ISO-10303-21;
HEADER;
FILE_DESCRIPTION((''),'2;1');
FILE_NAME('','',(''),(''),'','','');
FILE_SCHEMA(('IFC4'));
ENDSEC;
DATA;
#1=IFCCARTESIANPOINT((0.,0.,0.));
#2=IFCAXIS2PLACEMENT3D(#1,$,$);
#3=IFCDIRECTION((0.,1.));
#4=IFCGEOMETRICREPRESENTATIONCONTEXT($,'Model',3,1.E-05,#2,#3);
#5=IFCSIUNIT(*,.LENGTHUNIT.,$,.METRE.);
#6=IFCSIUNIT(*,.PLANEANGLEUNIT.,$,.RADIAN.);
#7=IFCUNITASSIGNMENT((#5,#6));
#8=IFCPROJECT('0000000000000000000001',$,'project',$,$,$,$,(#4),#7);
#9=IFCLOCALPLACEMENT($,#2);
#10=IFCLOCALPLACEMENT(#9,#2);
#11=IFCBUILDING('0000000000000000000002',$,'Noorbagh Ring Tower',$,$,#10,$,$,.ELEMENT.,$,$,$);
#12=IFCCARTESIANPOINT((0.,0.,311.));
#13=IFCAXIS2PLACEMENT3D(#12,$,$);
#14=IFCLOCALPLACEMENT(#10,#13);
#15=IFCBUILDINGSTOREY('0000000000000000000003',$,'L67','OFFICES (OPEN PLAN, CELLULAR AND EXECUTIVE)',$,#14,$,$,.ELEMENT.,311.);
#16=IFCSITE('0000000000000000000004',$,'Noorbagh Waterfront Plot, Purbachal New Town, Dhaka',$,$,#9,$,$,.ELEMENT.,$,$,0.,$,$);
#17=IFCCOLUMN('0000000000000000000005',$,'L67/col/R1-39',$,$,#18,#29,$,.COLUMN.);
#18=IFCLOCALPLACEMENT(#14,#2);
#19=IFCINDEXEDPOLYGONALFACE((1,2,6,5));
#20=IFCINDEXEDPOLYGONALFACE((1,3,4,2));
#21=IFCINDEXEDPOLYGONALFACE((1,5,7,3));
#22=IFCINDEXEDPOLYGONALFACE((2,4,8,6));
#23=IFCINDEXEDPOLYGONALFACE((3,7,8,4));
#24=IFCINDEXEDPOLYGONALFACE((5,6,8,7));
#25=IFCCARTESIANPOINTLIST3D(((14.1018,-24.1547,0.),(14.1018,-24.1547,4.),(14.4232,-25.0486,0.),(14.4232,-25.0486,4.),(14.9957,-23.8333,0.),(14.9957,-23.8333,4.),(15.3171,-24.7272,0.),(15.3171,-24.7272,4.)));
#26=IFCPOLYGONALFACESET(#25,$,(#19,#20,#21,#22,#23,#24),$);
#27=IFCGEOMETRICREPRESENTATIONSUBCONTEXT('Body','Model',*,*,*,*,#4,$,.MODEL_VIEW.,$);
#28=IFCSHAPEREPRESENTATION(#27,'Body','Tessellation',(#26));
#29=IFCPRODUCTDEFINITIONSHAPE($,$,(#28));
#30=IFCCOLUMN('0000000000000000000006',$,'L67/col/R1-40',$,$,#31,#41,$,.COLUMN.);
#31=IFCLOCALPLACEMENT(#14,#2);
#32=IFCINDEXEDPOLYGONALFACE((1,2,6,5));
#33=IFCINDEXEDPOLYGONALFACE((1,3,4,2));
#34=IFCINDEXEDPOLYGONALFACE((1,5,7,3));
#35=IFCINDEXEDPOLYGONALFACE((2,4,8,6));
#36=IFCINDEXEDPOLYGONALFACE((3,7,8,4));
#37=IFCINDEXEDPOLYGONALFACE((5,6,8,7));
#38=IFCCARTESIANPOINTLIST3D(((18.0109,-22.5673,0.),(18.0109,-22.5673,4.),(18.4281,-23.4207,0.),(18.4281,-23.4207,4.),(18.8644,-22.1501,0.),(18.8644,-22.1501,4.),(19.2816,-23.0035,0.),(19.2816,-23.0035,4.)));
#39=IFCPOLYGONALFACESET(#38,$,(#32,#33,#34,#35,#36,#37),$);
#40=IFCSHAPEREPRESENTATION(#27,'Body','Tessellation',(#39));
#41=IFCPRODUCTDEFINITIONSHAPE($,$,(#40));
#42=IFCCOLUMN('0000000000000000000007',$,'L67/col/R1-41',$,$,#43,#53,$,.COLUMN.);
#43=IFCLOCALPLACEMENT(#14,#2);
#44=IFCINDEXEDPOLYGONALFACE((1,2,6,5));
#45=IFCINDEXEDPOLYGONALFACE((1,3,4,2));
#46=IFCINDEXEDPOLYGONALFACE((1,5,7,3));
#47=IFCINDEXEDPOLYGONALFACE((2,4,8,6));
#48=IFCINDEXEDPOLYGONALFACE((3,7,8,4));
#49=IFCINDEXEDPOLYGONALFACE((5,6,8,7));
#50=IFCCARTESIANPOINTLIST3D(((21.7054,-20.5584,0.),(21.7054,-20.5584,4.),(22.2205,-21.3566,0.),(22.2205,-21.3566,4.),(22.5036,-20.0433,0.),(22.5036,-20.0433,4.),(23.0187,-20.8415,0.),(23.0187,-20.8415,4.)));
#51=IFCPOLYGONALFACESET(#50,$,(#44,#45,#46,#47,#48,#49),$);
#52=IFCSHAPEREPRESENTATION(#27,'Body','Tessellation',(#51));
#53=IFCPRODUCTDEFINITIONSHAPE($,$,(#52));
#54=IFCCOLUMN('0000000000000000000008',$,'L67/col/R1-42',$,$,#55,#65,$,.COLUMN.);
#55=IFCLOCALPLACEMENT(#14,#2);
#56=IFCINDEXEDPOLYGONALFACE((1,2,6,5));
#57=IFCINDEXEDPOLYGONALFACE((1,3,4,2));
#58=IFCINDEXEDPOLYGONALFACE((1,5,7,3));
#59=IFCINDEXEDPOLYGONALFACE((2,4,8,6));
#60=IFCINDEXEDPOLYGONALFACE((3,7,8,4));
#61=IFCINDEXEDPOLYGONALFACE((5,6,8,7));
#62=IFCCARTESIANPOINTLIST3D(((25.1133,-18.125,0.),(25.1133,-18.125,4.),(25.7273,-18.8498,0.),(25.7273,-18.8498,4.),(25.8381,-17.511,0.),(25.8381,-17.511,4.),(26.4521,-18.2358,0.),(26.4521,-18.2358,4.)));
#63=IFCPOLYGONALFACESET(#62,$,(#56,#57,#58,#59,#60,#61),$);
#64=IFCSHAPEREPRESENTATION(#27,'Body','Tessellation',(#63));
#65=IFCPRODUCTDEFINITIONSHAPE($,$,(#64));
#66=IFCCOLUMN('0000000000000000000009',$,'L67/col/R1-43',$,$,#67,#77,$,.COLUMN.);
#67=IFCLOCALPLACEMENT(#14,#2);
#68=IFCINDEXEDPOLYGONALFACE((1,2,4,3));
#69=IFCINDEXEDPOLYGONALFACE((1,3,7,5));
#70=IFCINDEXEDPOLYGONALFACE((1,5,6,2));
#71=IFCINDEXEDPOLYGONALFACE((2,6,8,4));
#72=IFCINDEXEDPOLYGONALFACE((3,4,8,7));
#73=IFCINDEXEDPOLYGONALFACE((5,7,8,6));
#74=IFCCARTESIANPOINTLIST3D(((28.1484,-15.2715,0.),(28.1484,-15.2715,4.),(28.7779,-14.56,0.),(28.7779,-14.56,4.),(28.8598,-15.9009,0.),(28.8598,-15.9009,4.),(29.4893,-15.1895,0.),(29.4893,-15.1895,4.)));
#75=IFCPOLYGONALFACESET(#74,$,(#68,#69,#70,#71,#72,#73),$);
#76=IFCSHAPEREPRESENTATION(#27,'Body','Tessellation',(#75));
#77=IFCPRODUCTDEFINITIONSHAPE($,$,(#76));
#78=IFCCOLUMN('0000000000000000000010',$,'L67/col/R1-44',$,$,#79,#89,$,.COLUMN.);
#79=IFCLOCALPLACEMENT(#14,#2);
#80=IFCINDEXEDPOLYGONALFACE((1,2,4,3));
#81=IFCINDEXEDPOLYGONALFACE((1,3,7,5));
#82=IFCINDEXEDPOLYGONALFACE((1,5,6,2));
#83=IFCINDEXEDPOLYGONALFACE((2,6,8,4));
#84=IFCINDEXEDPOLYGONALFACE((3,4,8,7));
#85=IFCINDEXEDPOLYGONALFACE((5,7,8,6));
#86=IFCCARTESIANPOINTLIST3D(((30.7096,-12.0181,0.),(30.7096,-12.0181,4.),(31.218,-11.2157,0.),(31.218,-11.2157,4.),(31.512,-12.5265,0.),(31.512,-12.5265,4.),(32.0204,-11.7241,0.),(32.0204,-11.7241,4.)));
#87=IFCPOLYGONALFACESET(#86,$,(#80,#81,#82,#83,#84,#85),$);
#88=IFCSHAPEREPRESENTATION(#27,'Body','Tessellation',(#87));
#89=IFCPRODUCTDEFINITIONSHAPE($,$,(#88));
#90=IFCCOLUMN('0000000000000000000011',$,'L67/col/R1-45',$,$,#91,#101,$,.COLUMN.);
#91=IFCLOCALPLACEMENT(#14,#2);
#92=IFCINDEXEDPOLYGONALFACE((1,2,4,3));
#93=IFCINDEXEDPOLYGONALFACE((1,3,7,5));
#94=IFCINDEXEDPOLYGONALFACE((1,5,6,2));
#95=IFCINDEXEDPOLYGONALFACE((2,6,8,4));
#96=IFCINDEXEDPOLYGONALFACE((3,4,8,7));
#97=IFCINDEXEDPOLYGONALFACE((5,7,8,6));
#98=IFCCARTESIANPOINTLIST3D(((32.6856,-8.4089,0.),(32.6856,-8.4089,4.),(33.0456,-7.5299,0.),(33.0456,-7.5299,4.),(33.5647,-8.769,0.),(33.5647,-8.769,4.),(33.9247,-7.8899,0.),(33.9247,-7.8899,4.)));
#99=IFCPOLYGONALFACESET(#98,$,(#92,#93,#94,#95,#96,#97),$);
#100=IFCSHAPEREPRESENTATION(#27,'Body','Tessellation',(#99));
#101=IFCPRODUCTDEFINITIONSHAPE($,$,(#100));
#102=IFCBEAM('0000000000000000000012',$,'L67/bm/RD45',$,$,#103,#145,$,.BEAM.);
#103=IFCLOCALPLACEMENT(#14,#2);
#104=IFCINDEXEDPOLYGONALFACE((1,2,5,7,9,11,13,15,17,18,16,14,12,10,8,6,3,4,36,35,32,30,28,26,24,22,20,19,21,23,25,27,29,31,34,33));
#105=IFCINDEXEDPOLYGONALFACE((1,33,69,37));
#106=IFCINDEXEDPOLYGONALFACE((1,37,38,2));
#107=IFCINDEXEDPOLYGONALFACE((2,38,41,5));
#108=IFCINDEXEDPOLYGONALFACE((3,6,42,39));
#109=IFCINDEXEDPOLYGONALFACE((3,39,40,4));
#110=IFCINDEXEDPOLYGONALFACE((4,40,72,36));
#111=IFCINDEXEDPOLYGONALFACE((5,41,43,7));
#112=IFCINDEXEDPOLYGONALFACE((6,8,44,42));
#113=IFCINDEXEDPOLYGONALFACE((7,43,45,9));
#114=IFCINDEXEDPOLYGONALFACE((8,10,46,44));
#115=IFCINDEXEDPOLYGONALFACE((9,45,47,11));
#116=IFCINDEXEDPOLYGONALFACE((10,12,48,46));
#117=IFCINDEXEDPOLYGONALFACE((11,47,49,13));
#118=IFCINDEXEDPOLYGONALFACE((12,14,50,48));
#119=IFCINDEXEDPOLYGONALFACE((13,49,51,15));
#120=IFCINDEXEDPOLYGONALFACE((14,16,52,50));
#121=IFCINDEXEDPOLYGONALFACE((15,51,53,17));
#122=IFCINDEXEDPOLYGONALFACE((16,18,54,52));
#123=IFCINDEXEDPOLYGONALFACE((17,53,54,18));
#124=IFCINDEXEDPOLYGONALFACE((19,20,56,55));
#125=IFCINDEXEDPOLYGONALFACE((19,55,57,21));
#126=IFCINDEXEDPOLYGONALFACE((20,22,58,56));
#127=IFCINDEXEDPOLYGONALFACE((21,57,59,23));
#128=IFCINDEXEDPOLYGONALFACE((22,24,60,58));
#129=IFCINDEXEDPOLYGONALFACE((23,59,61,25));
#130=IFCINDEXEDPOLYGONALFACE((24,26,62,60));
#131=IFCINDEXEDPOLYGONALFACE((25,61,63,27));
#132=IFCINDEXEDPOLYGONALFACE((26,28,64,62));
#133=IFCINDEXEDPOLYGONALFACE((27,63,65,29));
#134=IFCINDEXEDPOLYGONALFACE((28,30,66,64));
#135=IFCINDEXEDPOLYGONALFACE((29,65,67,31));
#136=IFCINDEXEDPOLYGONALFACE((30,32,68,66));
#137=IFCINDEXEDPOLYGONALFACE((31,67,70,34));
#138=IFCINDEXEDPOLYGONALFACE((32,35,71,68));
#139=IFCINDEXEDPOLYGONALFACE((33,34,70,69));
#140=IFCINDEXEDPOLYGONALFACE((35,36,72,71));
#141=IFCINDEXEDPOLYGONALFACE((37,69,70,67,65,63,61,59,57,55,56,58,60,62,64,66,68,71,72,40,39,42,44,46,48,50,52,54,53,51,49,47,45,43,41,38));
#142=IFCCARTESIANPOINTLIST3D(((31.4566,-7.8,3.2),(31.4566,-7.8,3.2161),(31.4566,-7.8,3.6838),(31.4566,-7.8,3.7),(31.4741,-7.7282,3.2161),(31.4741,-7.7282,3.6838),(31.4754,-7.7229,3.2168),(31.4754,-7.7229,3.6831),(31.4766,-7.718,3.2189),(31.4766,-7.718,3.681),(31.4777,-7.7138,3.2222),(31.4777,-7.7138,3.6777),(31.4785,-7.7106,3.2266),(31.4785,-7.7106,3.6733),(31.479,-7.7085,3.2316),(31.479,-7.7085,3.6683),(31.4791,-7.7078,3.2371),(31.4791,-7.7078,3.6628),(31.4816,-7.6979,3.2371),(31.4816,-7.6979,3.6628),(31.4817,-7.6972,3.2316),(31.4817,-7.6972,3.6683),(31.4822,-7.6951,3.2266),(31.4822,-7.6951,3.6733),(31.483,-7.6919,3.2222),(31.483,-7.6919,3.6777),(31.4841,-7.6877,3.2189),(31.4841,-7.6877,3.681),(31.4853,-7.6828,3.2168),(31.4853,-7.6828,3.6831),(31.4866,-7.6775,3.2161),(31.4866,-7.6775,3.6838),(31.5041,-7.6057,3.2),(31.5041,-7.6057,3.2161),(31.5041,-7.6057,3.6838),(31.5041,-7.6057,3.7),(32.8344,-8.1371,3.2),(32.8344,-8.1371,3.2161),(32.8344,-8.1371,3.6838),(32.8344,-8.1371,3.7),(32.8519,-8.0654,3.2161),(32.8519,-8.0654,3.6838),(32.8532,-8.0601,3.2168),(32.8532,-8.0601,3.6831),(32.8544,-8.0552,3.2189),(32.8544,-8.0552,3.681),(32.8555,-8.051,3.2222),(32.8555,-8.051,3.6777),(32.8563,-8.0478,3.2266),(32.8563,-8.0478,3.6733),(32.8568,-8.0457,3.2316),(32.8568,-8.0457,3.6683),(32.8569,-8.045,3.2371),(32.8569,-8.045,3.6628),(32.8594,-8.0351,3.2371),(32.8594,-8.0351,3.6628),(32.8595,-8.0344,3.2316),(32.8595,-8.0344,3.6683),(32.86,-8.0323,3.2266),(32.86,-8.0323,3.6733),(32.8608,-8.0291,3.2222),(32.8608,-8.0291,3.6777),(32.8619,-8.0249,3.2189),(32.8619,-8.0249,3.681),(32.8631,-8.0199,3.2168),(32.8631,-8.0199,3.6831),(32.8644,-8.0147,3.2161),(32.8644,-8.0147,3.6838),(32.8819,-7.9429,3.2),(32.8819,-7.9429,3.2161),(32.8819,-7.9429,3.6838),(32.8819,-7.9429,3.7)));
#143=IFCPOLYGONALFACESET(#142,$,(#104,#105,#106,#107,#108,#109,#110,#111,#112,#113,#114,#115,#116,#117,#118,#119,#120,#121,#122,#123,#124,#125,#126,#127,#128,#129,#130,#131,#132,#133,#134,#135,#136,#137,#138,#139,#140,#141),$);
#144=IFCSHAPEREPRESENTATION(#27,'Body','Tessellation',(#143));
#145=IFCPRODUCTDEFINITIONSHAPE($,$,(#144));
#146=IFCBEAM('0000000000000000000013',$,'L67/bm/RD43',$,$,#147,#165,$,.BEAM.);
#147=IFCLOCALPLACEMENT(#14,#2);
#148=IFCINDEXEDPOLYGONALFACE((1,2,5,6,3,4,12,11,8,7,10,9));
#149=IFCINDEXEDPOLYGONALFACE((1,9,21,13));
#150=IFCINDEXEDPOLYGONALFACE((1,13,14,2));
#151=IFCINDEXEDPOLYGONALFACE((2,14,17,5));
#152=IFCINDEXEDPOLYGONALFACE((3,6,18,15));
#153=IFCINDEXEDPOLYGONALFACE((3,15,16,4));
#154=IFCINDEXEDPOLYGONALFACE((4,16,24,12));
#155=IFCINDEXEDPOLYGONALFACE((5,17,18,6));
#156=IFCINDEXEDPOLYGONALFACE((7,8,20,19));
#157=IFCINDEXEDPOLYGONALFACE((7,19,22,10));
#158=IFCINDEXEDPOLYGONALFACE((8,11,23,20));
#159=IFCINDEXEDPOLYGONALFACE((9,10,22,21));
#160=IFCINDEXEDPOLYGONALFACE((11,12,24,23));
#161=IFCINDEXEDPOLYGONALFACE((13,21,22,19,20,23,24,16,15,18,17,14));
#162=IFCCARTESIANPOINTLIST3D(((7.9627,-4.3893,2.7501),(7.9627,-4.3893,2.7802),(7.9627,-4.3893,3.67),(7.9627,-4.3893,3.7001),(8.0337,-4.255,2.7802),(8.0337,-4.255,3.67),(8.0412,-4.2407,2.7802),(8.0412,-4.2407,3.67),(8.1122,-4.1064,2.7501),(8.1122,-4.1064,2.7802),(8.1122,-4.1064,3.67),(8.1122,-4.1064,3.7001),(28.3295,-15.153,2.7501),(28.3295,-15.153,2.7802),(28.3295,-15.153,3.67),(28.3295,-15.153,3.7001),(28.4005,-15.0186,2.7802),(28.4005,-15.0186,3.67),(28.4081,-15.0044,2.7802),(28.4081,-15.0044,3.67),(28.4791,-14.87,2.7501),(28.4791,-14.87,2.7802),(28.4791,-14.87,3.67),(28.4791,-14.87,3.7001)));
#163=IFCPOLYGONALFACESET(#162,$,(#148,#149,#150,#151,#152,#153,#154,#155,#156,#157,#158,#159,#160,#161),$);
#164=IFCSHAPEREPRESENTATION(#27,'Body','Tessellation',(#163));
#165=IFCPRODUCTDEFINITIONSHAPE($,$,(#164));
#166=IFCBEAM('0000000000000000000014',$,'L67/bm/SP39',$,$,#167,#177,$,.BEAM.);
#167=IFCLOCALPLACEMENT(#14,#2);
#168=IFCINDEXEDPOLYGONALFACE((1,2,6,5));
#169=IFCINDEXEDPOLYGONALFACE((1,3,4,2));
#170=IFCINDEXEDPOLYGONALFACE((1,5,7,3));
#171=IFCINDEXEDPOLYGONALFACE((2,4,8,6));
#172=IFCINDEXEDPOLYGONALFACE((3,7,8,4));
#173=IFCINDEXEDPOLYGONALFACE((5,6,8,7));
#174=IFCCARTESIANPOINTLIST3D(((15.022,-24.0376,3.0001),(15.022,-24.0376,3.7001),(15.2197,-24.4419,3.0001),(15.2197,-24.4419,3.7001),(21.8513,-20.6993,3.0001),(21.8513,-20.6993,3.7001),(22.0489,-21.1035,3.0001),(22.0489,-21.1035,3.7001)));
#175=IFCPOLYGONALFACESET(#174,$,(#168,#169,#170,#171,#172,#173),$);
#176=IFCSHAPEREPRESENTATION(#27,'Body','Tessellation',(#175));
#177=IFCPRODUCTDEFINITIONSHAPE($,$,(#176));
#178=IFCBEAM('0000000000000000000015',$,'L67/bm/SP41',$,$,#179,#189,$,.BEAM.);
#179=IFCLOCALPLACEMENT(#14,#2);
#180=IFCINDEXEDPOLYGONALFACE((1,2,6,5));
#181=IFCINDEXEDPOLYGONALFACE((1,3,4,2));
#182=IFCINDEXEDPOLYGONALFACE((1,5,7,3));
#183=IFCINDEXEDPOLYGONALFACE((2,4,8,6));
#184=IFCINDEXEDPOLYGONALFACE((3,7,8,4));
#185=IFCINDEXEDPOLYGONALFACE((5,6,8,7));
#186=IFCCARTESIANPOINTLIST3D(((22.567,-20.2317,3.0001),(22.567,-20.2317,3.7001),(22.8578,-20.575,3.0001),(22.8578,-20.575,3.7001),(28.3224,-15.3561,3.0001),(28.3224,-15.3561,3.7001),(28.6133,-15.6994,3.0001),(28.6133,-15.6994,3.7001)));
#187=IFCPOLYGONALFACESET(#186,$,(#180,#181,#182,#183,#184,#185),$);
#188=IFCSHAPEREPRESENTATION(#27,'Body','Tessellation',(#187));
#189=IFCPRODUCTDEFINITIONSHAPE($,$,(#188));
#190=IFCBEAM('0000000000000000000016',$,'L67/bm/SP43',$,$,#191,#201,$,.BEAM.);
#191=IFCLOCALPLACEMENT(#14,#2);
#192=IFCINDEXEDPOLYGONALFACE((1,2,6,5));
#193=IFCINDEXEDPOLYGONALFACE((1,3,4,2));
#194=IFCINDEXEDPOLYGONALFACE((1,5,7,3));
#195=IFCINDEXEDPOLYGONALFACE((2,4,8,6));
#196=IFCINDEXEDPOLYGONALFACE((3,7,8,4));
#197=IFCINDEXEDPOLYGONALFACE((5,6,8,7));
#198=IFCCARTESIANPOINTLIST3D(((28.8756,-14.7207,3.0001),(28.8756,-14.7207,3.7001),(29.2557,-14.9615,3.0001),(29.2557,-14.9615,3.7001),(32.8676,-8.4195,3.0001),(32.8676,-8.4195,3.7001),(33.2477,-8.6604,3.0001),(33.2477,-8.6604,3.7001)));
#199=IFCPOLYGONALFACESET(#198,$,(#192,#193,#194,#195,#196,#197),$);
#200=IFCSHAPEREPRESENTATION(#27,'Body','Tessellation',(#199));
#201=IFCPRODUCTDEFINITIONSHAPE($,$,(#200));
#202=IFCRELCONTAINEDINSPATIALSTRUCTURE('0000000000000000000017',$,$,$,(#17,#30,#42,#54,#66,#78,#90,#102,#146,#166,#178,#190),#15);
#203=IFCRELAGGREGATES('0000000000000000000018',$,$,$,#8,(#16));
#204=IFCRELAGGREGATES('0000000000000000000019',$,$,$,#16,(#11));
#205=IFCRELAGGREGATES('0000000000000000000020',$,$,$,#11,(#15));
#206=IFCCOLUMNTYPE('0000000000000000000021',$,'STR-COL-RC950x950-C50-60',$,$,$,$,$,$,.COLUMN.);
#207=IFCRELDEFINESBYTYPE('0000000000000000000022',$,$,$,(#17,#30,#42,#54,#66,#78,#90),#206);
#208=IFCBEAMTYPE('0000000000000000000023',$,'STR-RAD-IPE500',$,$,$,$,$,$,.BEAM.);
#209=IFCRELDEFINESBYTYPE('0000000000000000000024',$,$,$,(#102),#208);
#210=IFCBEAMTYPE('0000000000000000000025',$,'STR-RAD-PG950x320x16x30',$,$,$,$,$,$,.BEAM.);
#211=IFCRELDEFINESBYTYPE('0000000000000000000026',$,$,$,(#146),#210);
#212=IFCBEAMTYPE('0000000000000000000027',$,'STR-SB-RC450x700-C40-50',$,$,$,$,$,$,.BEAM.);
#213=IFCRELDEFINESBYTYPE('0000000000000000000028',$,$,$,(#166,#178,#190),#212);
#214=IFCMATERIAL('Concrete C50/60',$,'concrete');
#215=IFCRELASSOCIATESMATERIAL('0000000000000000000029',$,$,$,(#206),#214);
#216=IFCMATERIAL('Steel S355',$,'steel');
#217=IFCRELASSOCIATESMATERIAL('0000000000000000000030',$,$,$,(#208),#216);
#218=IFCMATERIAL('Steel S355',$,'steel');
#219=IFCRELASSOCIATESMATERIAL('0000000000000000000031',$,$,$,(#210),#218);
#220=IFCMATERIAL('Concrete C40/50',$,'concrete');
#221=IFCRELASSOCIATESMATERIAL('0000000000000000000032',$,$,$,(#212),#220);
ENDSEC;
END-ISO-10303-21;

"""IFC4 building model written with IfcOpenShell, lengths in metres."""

from ifc_helpers import new_model, si_unit, direction, frame, origin, origin_2d, place, context, subcontext, project, spatial, rectangle, i_section, extrude, material, material_profile, profile_set, type_object, element, save


model = new_model("IFC4")

# Units and contexts
model_context = context("Model", 3, precision=1e-05, world=origin(), true_north=direction((0.0, 1.0)))
body_context = subcontext(model_context, "Body", "Model", "MODEL_VIEW")
ifc_project = project(units=[si_unit("LENGTHUNIT", "METRE"), si_unit("PLANEANGLEUNIT", "RADIAN")], contexts=[model_context])

# Site, building, storey
site_placement = place(None, origin())
site = spatial("IfcSite", under=ifc_project, at=site_placement, Name="Noorbagh Waterfront Plot, Purbachal New Town, Dhaka", CompositionType="ELEMENT", RefElevation=0.0)
building_placement = place(site_placement, origin())
building = spatial("IfcBuilding", under=site, at=building_placement, Name="Noorbagh Ring Tower", CompositionType="ELEMENT")
storey_placement = place(building_placement, frame((0.0, 0.0, 311.0)))
storey = spatial("IfcBuildingStorey", under=building, at=storey_placement, Name="L67", Description="OFFICES (OPEN PLAN, CELLULAR AND EXECUTIVE)", CompositionType="ELEMENT", Elevation=311.0)

# Columns
ifc_material_1 = material(Name="Concrete C50/60", Category="concrete")
ifc_material_profile_1 = material_profile(ifc_material_1, rectangle(XDim=0.95, YDim=0.95, at=origin_2d()), Name="RC950x950")
ifc_profile_set_1 = profile_set([ifc_material_profile_1], Name="Concrete C50/60")
column_type = type_object("IfcColumnType", Name="STR-COL-RC950x950-C50-60", PredefinedType="COLUMN", material=ifc_profile_set_1)
for number, where, z_axis, x_axis, name in (
    (1, (14.7095, -24.4409, 0.0), (0.0, 0.0, 1.0), (0.941025, 0.338338, 0.0), "L67/col/R1-39"),
    (2, (18.6462, -22.7854, 0.0), (0.0, 0.0, 1.0), (0.898399, 0.43918, 0.0), "L67/col/R1-40"),
    (3, (22.3621, -20.7, 0.0), (0.0, 0.0, 1.0), (0.840248, 0.542203, 0.0), "L67/col/R1-41"),
    (4, (25.7827, -18.1804, 0.0), (0.0, 0.0, 1.0), (0.763035, 0.646357, 0.0), "L67/col/R1-42"),
    (5, (28.8188, -15.2305, 0.0), (0.0, 0.0, 1.0), (0.662636, 0.748942, 0.0), "L67/col/R1-43"),
    (6, (31.365, -11.8711, 0.0), (0.0, 0.0, 1.0), (0.53519, 0.844731, 0.0), "L67/col/R1-44"),
    (7, (33.3052, -8.1494, 0.0), (0.0, 0.0, 1.0), (0.378989, 0.925401, 0.0), "L67/col/R1-45"),
):
    element("IfcColumn", number, at=place(storey_placement, frame(where, z_axis=z_axis, x_axis=x_axis)), inside=storey, type_object=column_type, Name=name, PredefinedType="COLUMN", context=body_context, shape_type="SweptSolid", body=[
        extrude(rectangle(XDim=0.95, YDim=0.95, at=origin_2d()), origin(), (0.0, 0.0, 1.0), 4.0),
    ])

# Beams
ifc_material_2 = material(Name="Steel S355", Category="steel")
ifc_material_profile_2 = material_profile(ifc_material_2, i_section(OverallWidth=0.2, OverallDepth=0.5, WebThickness=0.0103, FlangeThickness=0.0161, FilletRadius=0.021, at=origin_2d()), Name="IPE500")
ifc_profile_set_2 = profile_set([ifc_material_profile_2], Name="Steel S355")
beam_type_1 = type_object("IfcBeamType", Name="STR-RAD-IPE500", PredefinedType="BEAM", material=ifc_profile_set_2)
beam_1_placement = place(storey_placement, frame((32.8582, -8.04, 3.45), z_axis=(-0.971335, 0.237713, 0.0), x_axis=(-0.237713, -0.971335, 0.0)))
element("IfcBeam", 8, at=beam_1_placement, inside=storey, type_object=beam_type_1, Name="L67/bm/RD45", PredefinedType="BEAM", context=body_context, shape_type="SweptSolid", body=[
    extrude(i_section(OverallWidth=0.2, OverallDepth=0.5, WebThickness=0.0103, FlangeThickness=0.0161, FilletRadius=0.021, at=origin_2d()), origin(), (0.0, 0.0, 1.0), 1.4185),
])
ifc_material_3 = material(Name="Steel S355", Category="steel")
ifc_material_profile_3 = material_profile(ifc_material_3, i_section(OverallWidth=0.3201, OverallDepth=0.95, WebThickness=0.0161, FlangeThickness=0.03, at=origin_2d()), Name="PG950x320x16x30")
ifc_profile_set_3 = profile_set([ifc_material_profile_3], Name="Steel S355")
beam_type_2 = type_object("IfcBeamType", Name="STR-RAD-PG950x320x16x30", PredefinedType="BEAM", material=ifc_profile_set_3)
beam_2_placement = place(storey_placement, frame((28.4043, -15.0115, 3.2251), z_axis=(-0.884126, 0.467249, 0.0), x_axis=(-0.467249, -0.884126, 0.0)))
element("IfcBeam", 9, at=beam_2_placement, inside=storey, type_object=beam_type_2, Name="L67/bm/RD43", PredefinedType="BEAM", context=body_context, shape_type="SweptSolid", body=[
    extrude(i_section(OverallWidth=0.3201, OverallDepth=0.95, WebThickness=0.0161, FlangeThickness=0.03, at=origin_2d()), origin(), (0.0, 0.0, 1.0), 23.0361),
])
ifc_material_4 = material(Name="Concrete C40/50", Category="concrete")
ifc_material_profile_4 = material_profile(ifc_material_4, rectangle(XDim=0.45, YDim=0.7, at=origin_2d()), Name="RC450x700")
ifc_profile_set_4 = profile_set([ifc_material_profile_4], Name="Concrete C40/50")
beam_type_3 = type_object("IfcBeamType", Name="STR-SB-RC450x700-C40-50", PredefinedType="BEAM", material=ifc_profile_set_4)
beam_3_placement = place(storey_placement, frame((15.1208, -24.2397, 3.3501), z_axis=(0.898406, 0.439166, 0.0), x_axis=(-0.439166, 0.898406, 0.0)))
element("IfcBeam", 10, at=beam_3_placement, inside=storey, type_object=beam_type_3, Name="L67/bm/SP39", PredefinedType="BEAM", context=body_context, shape_type="SweptSolid", body=[
    extrude(rectangle(XDim=0.45, YDim=0.7, at=origin_2d()), origin(), (0.0, 0.0, 1.0), 7.6016),
])
beam_4_placement = place(storey_placement, frame((22.7124, -20.4033, 3.3501), z_axis=(0.763023, 0.646372, 0.0), x_axis=(-0.646372, 0.763023, 0.0)))
element("IfcBeam", 11, at=beam_4_placement, inside=storey, type_object=beam_type_3, Name="L67/bm/SP41", PredefinedType="BEAM", context=body_context, shape_type="SweptSolid", body=[
    extrude(rectangle(XDim=0.45, YDim=0.7, at=origin_2d()), origin(), (0.0, 0.0, 1.0), 7.543),
])
beam_5_placement = place(storey_placement, frame((29.0657, -14.8411, 3.3501), z_axis=(0.535176, 0.844741, 0.0), x_axis=(-0.844741, 0.535176, 0.0)))
element("IfcBeam", 12, at=beam_5_placement, inside=storey, type_object=beam_type_3, Name="L67/bm/SP43", PredefinedType="BEAM", context=body_context, shape_type="SweptSolid", body=[
    extrude(rectangle(XDim=0.45, YDim=0.7, at=origin_2d()), origin(), (0.0, 0.0, 1.0), 7.4592),
])

save(model, "model.ifc")
